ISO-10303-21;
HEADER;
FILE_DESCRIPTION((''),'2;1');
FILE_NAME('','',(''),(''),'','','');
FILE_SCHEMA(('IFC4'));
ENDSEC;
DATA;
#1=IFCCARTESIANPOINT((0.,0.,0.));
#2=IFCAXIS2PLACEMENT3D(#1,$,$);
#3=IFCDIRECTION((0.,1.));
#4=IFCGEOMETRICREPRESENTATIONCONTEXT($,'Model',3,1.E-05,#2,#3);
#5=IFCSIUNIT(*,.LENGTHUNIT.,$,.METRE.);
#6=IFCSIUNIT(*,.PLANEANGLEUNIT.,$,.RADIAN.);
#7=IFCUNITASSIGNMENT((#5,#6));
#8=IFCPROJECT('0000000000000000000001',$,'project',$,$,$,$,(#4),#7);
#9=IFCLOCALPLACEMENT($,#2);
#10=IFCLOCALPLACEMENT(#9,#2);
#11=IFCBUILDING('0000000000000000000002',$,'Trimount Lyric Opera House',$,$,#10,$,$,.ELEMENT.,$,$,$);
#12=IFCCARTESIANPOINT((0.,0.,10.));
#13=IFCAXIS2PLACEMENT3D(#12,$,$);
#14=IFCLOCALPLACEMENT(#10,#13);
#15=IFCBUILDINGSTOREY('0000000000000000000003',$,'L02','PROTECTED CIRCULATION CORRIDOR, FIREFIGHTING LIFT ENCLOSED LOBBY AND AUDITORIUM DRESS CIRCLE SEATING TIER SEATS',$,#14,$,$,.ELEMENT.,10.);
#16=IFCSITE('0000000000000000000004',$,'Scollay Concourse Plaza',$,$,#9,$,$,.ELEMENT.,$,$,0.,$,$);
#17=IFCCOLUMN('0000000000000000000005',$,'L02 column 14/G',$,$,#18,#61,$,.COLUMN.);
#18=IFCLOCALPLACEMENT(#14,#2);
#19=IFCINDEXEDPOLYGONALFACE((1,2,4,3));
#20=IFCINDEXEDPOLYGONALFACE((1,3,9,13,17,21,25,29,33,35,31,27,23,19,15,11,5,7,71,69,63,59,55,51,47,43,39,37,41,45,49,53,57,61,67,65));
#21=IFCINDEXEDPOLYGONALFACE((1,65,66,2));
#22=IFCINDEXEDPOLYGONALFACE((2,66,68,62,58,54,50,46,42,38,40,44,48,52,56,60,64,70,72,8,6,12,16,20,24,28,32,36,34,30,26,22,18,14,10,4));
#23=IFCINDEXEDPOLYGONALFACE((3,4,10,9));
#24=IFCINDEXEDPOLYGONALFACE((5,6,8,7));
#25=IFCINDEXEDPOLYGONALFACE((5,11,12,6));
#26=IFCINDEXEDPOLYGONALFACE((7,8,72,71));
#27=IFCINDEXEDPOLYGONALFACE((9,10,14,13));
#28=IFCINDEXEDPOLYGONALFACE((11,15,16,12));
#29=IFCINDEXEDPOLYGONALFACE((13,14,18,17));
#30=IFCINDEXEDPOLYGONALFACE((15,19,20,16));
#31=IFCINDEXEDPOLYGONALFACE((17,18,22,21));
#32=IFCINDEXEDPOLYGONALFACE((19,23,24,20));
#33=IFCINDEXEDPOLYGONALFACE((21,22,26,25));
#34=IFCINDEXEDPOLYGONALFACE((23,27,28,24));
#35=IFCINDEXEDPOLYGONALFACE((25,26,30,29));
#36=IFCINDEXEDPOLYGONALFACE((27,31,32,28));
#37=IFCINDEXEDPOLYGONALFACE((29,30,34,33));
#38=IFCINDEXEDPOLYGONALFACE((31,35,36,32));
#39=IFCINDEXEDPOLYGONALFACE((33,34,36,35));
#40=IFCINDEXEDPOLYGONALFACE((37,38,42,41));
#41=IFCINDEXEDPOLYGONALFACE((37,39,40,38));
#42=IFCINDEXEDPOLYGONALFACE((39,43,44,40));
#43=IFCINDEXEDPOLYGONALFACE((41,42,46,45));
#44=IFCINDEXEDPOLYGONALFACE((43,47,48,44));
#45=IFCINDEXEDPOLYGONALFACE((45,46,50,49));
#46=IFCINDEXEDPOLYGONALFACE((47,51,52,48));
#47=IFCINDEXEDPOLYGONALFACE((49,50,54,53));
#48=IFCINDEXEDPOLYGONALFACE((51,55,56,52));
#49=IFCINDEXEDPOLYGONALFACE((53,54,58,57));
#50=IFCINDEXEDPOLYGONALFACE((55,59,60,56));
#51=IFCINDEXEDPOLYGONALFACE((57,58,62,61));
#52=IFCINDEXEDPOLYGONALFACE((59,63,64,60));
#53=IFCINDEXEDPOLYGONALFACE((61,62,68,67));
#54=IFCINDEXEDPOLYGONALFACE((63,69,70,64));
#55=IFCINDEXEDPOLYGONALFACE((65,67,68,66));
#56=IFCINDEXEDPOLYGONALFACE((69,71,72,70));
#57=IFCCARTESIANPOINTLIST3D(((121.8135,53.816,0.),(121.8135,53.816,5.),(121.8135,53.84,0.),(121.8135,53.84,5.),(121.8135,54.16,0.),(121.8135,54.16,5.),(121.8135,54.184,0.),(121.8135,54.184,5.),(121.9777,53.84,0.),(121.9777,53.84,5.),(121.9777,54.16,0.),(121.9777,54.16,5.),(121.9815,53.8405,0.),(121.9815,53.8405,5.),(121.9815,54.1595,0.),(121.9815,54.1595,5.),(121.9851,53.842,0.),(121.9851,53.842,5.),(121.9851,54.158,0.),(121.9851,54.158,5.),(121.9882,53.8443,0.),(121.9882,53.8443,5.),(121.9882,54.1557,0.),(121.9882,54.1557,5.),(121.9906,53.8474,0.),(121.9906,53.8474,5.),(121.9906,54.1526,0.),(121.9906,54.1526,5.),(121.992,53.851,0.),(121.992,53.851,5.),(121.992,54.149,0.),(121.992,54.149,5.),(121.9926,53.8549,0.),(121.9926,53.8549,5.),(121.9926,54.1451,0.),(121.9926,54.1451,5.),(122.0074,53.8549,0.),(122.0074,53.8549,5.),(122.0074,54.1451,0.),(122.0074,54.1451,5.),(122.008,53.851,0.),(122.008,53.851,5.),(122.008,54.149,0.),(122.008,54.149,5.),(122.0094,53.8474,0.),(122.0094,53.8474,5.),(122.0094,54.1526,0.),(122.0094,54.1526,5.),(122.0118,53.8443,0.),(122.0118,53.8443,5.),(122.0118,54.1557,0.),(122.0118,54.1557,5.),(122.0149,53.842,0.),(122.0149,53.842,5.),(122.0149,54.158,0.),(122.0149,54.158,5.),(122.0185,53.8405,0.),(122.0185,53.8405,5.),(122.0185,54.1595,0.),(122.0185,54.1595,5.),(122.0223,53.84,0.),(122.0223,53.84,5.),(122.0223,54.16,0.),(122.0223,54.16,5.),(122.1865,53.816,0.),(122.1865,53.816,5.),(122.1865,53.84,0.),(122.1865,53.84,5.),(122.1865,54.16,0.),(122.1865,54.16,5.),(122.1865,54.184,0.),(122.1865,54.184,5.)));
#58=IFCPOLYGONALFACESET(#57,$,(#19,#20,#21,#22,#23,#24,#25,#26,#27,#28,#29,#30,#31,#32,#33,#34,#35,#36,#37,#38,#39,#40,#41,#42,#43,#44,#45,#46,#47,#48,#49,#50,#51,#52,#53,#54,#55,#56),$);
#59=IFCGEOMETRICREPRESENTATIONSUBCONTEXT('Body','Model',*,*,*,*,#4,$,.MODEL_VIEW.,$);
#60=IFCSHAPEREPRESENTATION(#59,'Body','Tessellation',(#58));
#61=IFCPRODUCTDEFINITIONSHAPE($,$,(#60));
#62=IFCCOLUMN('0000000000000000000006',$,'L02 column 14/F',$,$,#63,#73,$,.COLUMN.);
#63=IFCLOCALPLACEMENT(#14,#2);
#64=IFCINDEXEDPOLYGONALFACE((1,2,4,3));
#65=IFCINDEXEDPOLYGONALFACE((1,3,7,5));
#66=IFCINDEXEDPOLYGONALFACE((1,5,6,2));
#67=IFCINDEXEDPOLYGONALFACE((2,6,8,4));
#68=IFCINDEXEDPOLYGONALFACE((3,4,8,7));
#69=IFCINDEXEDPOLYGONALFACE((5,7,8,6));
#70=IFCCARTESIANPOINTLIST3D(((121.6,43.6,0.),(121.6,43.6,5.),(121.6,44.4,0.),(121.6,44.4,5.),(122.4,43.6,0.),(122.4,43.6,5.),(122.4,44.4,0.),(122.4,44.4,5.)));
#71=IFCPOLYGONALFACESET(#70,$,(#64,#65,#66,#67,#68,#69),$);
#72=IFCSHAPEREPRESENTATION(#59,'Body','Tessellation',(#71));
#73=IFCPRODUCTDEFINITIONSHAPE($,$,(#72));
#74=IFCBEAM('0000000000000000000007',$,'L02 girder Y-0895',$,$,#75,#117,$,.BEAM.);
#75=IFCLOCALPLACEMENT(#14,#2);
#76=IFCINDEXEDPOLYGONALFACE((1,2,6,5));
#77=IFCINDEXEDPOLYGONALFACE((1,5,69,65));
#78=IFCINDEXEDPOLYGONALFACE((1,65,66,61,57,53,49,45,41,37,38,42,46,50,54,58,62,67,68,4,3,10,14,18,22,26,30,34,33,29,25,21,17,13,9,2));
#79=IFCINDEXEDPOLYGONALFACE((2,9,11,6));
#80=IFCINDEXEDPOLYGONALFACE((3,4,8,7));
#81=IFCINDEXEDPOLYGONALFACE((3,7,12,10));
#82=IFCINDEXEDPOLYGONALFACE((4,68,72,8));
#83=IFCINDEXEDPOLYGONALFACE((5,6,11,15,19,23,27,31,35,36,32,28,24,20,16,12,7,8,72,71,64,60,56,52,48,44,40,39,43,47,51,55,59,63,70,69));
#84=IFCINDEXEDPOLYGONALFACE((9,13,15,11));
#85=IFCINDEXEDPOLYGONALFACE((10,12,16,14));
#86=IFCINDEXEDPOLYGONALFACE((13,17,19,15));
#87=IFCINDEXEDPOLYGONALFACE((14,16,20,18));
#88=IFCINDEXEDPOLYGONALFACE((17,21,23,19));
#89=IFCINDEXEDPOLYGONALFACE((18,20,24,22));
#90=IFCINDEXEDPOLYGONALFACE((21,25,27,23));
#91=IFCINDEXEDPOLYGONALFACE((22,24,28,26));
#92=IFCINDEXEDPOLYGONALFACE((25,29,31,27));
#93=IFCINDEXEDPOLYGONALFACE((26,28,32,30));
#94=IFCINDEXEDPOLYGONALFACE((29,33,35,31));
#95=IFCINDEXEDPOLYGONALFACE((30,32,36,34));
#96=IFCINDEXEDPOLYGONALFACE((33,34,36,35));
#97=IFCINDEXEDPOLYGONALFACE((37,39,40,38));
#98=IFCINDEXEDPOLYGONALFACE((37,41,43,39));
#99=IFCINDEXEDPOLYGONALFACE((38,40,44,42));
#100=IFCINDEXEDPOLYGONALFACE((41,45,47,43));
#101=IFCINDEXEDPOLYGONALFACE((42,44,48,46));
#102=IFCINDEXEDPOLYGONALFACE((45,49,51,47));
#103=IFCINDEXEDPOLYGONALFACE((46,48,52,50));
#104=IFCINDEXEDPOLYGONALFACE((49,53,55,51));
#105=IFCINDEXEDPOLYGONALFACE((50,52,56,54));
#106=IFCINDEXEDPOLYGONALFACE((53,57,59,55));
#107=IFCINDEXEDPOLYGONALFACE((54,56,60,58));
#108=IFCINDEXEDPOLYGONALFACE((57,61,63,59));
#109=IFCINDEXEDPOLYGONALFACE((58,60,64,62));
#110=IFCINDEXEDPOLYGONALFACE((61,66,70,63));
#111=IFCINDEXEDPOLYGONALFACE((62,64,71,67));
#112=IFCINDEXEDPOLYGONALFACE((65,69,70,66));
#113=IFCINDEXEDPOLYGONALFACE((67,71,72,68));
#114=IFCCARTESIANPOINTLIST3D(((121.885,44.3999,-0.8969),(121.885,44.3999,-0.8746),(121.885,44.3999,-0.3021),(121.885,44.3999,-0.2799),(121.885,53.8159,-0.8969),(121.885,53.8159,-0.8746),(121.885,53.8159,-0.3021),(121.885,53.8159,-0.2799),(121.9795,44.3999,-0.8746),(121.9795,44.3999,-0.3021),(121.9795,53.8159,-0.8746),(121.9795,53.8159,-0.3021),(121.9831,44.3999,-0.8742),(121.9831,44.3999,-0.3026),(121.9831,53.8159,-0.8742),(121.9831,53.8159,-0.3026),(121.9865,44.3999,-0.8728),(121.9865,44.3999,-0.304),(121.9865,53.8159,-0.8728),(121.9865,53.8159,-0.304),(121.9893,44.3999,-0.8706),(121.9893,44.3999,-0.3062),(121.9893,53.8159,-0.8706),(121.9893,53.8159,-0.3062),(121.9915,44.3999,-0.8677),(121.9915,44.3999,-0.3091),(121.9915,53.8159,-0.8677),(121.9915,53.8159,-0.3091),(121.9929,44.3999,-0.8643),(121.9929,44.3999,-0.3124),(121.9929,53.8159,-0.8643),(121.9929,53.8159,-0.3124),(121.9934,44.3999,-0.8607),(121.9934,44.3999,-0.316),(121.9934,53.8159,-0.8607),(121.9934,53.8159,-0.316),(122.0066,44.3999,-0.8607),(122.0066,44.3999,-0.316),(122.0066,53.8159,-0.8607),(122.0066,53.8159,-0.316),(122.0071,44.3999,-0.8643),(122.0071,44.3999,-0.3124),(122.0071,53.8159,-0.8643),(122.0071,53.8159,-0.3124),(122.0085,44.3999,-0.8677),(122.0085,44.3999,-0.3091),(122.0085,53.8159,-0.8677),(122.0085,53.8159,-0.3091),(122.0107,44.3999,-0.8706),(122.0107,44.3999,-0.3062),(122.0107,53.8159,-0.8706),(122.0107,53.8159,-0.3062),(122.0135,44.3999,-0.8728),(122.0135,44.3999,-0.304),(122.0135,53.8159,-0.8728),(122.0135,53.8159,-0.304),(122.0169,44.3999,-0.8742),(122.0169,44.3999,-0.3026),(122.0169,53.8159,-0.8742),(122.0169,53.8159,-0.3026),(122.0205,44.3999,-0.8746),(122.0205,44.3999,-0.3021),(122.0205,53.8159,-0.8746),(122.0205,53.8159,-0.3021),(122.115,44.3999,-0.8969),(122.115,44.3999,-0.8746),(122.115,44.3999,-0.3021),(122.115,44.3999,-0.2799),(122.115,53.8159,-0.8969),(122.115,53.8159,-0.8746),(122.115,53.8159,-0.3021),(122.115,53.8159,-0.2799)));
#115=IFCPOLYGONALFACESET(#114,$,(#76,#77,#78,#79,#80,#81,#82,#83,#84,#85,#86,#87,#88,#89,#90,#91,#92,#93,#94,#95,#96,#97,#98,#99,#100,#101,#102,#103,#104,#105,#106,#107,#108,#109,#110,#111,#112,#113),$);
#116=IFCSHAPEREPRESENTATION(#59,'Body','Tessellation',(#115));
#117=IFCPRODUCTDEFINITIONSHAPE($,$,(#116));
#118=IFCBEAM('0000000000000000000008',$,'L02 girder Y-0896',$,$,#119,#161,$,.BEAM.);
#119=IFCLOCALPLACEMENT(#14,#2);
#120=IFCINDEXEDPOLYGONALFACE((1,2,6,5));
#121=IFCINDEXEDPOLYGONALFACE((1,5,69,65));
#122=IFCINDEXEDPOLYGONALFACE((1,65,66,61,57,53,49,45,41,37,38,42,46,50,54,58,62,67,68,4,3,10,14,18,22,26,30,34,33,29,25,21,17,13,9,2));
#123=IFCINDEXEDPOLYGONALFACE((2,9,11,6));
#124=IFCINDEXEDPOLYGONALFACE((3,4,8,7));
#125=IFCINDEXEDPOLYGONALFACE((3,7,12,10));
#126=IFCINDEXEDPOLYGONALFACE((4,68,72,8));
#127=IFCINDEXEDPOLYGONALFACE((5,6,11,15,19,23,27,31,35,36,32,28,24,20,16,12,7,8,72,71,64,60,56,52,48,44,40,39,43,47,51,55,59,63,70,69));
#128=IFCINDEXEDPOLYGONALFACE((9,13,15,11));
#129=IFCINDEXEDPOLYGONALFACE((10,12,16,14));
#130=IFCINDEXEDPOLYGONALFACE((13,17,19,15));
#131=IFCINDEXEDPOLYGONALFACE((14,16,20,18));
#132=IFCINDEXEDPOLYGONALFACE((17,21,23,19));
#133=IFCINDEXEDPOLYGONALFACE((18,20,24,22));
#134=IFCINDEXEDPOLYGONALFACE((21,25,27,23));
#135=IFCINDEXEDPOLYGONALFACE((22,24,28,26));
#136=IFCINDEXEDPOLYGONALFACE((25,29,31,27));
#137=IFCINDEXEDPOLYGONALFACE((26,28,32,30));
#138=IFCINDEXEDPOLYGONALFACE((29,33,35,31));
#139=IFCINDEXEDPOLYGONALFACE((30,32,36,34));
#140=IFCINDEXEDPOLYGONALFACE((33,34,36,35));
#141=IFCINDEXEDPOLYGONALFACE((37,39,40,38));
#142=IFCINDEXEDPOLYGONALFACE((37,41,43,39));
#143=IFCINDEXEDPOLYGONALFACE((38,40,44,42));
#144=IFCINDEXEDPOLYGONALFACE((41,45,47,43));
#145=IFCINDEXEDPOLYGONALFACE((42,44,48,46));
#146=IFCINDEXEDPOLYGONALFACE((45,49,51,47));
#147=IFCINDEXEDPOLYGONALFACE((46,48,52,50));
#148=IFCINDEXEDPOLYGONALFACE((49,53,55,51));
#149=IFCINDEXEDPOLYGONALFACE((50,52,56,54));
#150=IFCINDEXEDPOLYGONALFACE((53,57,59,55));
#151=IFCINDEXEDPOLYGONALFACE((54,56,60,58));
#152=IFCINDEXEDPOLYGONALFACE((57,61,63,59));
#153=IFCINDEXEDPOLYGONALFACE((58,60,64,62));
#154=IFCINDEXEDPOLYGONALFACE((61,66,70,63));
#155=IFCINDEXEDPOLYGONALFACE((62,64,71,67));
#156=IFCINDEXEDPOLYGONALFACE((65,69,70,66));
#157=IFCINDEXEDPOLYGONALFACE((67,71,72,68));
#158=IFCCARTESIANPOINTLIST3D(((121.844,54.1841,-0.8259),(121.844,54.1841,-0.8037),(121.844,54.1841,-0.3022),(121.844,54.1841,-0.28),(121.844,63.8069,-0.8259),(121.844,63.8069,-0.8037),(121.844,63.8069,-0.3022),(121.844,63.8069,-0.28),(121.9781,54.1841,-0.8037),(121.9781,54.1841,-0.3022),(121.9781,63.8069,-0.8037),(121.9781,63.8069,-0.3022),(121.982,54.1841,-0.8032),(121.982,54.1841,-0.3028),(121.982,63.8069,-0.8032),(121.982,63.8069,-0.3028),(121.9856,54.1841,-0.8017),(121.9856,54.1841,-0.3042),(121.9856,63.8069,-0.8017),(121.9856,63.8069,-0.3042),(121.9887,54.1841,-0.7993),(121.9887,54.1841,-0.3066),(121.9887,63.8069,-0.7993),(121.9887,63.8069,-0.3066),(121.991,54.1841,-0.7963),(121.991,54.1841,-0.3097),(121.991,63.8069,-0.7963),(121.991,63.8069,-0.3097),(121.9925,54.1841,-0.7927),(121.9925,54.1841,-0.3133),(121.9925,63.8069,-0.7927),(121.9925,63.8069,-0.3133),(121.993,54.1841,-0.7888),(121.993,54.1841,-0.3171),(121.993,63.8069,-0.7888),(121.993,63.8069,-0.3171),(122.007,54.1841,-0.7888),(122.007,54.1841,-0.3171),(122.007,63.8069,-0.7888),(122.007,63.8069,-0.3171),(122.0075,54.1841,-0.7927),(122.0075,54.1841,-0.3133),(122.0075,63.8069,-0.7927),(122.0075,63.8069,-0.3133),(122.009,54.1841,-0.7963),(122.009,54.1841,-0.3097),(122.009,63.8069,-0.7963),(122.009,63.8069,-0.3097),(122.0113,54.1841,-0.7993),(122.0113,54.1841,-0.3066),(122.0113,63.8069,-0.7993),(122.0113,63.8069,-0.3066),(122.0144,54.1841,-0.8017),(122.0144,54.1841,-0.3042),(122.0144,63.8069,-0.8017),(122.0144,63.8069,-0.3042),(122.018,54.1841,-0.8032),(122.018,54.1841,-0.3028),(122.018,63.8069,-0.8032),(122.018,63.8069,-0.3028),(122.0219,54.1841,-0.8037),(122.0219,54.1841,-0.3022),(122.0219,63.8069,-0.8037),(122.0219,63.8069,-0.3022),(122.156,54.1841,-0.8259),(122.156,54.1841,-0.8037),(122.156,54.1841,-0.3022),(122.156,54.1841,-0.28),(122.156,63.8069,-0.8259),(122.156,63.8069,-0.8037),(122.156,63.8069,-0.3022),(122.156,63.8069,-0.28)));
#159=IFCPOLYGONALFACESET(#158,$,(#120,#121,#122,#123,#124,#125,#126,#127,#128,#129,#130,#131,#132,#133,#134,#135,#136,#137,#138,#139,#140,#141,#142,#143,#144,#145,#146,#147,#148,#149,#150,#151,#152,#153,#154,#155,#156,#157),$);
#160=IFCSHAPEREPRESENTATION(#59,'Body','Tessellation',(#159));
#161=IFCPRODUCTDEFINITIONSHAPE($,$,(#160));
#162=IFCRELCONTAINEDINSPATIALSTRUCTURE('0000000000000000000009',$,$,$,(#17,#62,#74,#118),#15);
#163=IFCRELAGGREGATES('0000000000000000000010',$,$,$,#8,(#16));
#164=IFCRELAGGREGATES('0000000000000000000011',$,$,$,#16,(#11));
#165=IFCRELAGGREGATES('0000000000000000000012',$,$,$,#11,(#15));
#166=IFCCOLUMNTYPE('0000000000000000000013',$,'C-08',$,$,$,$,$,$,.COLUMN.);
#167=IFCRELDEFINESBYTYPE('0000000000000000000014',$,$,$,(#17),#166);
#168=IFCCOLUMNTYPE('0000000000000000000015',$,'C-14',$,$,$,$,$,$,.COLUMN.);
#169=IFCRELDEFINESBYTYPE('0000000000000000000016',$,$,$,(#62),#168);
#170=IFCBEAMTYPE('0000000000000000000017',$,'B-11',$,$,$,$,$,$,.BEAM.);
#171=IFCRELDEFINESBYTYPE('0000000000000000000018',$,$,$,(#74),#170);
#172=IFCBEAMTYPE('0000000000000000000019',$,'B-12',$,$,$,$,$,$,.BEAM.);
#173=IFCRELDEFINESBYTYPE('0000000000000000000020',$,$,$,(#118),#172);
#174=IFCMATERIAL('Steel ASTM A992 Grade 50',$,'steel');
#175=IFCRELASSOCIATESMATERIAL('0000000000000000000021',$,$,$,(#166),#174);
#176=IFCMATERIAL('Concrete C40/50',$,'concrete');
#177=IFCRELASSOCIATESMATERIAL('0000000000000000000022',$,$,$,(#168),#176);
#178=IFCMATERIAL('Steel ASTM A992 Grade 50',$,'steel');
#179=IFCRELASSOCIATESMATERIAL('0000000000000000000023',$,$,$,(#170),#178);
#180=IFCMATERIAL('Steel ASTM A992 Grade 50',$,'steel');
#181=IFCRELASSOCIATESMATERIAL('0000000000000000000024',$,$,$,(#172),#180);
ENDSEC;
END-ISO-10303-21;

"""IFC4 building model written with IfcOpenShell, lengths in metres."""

from ifc_helpers import new_model, si_unit, direction, frame, origin, origin_2d, place, context, subcontext, project, spatial, rectangle, i_section, extrude, material, material_profile, profile_set, type_object, element, save


model = new_model("IFC4")

# Units and contexts
model_context = context("Model", 3, precision=1e-05, world=origin(), true_north=direction((0.0, 1.0)))
body_context = subcontext(model_context, "Body", "Model", "MODEL_VIEW")
ifc_project = project(units=[si_unit("LENGTHUNIT", "METRE"), si_unit("PLANEANGLEUNIT", "RADIAN")], contexts=[model_context])

# Site, building, storey
site_placement = place(None, origin())
site = spatial("IfcSite", under=ifc_project, at=site_placement, Name="Scollay Concourse Plaza", CompositionType="ELEMENT", RefElevation=0.0)
building_placement = place(site_placement, origin())
building = spatial("IfcBuilding", under=site, at=building_placement, Name="Trimount Lyric Opera House", CompositionType="ELEMENT")
storey_placement = place(building_placement, frame((0.0, 0.0, 10.0)))
storey = spatial("IfcBuildingStorey", under=building, at=storey_placement, Name="L02", Description="PROTECTED CIRCULATION CORRIDOR, FIREFIGHTING LIFT ENCLOSED LOBBY AND AUDITORIUM DRESS CIRCLE SEATING TIER SEATS", CompositionType="ELEMENT", Elevation=10.0)

# Columns
ifc_material_1 = material(Name="Steel ASTM A992 Grade 50", Category="steel")
ifc_material_profile_1 = material_profile(ifc_material_1, i_section(OverallWidth=0.373, OverallDepth=0.3679, WebThickness=0.0149, FlangeThickness=0.0239, FilletRadius=0.0149, at=origin_2d()), Name="W14X120")
ifc_profile_set_1 = profile_set([ifc_material_profile_1], Name="Steel ASTM A992 Grade 50")
column_type_1 = type_object("IfcColumnType", Name="C-08", PredefinedType="COLUMN", material=ifc_profile_set_1)
column_1_placement = place(storey_placement, frame((122.0, 54.0, 0.0), z_axis=(0.0, 0.0, 1.0), x_axis=(1.0, 0.0, 0.0)))
element("IfcColumn", 1, at=column_1_placement, inside=storey, type_object=column_type_1, Name="L02 column 14/G", PredefinedType="COLUMN", context=body_context, shape_type="SweptSolid", body=[
    extrude(i_section(OverallWidth=0.373, OverallDepth=0.3679, WebThickness=0.0149, FlangeThickness=0.0239, FilletRadius=0.0149, at=origin_2d()), origin(), (0.0, 0.0, 1.0), 5.0),
])
ifc_material_2 = material(Name="Concrete C40/50", Category="concrete")
ifc_material_profile_2 = material_profile(ifc_material_2, rectangle(XDim=0.8, YDim=0.8, at=origin_2d()), Name="RC800X800")
ifc_profile_set_2 = profile_set([ifc_material_profile_2], Name="Concrete C40/50")
column_type_2 = type_object("IfcColumnType", Name="C-14", PredefinedType="COLUMN", material=ifc_profile_set_2)
column_2_placement = place(storey_placement, frame((122.0, 44.0, 0.0), z_axis=(0.0, 0.0, 1.0), x_axis=(1.0, 0.0, 0.0)))
element("IfcColumn", 2, at=column_2_placement, inside=storey, type_object=column_type_2, Name="L02 column 14/F", PredefinedType="COLUMN", context=body_context, shape_type="SweptSolid", body=[
    extrude(rectangle(XDim=0.8, YDim=0.8, at=origin_2d()), origin(), (0.0, 0.0, 1.0), 5.0),
])

# Beams
ifc_material_3 = material(Name="Steel ASTM A992 Grade 50", Category="steel")
ifc_material_profile_3 = material_profile(ifc_material_3, i_section(OverallWidth=0.23, OverallDepth=0.6169, WebThickness=0.0132, FlangeThickness=0.0222, FilletRadius=0.0139, at=origin_2d()), Name="W24X94")
ifc_profile_set_3 = profile_set([ifc_material_profile_3], Name="Steel ASTM A992 Grade 50")
beam_type_1 = type_object("IfcBeamType", Name="B-11", PredefinedType="BEAM", material=ifc_profile_set_3)
beam_1_placement = place(storey_placement, frame((122.0, 44.3999, -0.5884), z_axis=(0.0, 1.0, 0.0), x_axis=(-1.0, 0.0, 0.0)))
element("IfcBeam", 3, at=beam_1_placement, inside=storey, type_object=beam_type_1, Name="L02 girder Y-0895", PredefinedType="BEAM", context=body_context, shape_type="SweptSolid", body=[
    extrude(i_section(OverallWidth=0.23, OverallDepth=0.6169, WebThickness=0.0132, FlangeThickness=0.0222, FilletRadius=0.0139, at=origin_2d()), origin(), (0.0, 0.0, 1.0), 9.416),
])
ifc_material_4 = material(Name="Steel ASTM A992 Grade 50", Category="steel")
ifc_material_profile_4 = material_profile(ifc_material_4, i_section(OverallWidth=0.312, OverallDepth=0.5459, WebThickness=0.0139, FlangeThickness=0.0222, FilletRadius=0.0149, at=origin_2d()), Name="W21X111")
ifc_profile_set_4 = profile_set([ifc_material_profile_4], Name="Steel ASTM A992 Grade 50")
beam_type_2 = type_object("IfcBeamType", Name="B-12", PredefinedType="BEAM", material=ifc_profile_set_4)
beam_2_placement = place(storey_placement, frame((122.0, 54.1841, -0.553), z_axis=(0.0, 1.0, 0.0), x_axis=(-1.0, 0.0, 0.0)))
element("IfcBeam", 4, at=beam_2_placement, inside=storey, type_object=beam_type_2, Name="L02 girder Y-0896", PredefinedType="BEAM", context=body_context, shape_type="SweptSolid", body=[
    extrude(i_section(OverallWidth=0.312, OverallDepth=0.5459, WebThickness=0.0139, FlangeThickness=0.0222, FilletRadius=0.0149, at=origin_2d()), origin(), (0.0, 0.0, 1.0), 9.6228),
])

save(model, "model.ifc")
